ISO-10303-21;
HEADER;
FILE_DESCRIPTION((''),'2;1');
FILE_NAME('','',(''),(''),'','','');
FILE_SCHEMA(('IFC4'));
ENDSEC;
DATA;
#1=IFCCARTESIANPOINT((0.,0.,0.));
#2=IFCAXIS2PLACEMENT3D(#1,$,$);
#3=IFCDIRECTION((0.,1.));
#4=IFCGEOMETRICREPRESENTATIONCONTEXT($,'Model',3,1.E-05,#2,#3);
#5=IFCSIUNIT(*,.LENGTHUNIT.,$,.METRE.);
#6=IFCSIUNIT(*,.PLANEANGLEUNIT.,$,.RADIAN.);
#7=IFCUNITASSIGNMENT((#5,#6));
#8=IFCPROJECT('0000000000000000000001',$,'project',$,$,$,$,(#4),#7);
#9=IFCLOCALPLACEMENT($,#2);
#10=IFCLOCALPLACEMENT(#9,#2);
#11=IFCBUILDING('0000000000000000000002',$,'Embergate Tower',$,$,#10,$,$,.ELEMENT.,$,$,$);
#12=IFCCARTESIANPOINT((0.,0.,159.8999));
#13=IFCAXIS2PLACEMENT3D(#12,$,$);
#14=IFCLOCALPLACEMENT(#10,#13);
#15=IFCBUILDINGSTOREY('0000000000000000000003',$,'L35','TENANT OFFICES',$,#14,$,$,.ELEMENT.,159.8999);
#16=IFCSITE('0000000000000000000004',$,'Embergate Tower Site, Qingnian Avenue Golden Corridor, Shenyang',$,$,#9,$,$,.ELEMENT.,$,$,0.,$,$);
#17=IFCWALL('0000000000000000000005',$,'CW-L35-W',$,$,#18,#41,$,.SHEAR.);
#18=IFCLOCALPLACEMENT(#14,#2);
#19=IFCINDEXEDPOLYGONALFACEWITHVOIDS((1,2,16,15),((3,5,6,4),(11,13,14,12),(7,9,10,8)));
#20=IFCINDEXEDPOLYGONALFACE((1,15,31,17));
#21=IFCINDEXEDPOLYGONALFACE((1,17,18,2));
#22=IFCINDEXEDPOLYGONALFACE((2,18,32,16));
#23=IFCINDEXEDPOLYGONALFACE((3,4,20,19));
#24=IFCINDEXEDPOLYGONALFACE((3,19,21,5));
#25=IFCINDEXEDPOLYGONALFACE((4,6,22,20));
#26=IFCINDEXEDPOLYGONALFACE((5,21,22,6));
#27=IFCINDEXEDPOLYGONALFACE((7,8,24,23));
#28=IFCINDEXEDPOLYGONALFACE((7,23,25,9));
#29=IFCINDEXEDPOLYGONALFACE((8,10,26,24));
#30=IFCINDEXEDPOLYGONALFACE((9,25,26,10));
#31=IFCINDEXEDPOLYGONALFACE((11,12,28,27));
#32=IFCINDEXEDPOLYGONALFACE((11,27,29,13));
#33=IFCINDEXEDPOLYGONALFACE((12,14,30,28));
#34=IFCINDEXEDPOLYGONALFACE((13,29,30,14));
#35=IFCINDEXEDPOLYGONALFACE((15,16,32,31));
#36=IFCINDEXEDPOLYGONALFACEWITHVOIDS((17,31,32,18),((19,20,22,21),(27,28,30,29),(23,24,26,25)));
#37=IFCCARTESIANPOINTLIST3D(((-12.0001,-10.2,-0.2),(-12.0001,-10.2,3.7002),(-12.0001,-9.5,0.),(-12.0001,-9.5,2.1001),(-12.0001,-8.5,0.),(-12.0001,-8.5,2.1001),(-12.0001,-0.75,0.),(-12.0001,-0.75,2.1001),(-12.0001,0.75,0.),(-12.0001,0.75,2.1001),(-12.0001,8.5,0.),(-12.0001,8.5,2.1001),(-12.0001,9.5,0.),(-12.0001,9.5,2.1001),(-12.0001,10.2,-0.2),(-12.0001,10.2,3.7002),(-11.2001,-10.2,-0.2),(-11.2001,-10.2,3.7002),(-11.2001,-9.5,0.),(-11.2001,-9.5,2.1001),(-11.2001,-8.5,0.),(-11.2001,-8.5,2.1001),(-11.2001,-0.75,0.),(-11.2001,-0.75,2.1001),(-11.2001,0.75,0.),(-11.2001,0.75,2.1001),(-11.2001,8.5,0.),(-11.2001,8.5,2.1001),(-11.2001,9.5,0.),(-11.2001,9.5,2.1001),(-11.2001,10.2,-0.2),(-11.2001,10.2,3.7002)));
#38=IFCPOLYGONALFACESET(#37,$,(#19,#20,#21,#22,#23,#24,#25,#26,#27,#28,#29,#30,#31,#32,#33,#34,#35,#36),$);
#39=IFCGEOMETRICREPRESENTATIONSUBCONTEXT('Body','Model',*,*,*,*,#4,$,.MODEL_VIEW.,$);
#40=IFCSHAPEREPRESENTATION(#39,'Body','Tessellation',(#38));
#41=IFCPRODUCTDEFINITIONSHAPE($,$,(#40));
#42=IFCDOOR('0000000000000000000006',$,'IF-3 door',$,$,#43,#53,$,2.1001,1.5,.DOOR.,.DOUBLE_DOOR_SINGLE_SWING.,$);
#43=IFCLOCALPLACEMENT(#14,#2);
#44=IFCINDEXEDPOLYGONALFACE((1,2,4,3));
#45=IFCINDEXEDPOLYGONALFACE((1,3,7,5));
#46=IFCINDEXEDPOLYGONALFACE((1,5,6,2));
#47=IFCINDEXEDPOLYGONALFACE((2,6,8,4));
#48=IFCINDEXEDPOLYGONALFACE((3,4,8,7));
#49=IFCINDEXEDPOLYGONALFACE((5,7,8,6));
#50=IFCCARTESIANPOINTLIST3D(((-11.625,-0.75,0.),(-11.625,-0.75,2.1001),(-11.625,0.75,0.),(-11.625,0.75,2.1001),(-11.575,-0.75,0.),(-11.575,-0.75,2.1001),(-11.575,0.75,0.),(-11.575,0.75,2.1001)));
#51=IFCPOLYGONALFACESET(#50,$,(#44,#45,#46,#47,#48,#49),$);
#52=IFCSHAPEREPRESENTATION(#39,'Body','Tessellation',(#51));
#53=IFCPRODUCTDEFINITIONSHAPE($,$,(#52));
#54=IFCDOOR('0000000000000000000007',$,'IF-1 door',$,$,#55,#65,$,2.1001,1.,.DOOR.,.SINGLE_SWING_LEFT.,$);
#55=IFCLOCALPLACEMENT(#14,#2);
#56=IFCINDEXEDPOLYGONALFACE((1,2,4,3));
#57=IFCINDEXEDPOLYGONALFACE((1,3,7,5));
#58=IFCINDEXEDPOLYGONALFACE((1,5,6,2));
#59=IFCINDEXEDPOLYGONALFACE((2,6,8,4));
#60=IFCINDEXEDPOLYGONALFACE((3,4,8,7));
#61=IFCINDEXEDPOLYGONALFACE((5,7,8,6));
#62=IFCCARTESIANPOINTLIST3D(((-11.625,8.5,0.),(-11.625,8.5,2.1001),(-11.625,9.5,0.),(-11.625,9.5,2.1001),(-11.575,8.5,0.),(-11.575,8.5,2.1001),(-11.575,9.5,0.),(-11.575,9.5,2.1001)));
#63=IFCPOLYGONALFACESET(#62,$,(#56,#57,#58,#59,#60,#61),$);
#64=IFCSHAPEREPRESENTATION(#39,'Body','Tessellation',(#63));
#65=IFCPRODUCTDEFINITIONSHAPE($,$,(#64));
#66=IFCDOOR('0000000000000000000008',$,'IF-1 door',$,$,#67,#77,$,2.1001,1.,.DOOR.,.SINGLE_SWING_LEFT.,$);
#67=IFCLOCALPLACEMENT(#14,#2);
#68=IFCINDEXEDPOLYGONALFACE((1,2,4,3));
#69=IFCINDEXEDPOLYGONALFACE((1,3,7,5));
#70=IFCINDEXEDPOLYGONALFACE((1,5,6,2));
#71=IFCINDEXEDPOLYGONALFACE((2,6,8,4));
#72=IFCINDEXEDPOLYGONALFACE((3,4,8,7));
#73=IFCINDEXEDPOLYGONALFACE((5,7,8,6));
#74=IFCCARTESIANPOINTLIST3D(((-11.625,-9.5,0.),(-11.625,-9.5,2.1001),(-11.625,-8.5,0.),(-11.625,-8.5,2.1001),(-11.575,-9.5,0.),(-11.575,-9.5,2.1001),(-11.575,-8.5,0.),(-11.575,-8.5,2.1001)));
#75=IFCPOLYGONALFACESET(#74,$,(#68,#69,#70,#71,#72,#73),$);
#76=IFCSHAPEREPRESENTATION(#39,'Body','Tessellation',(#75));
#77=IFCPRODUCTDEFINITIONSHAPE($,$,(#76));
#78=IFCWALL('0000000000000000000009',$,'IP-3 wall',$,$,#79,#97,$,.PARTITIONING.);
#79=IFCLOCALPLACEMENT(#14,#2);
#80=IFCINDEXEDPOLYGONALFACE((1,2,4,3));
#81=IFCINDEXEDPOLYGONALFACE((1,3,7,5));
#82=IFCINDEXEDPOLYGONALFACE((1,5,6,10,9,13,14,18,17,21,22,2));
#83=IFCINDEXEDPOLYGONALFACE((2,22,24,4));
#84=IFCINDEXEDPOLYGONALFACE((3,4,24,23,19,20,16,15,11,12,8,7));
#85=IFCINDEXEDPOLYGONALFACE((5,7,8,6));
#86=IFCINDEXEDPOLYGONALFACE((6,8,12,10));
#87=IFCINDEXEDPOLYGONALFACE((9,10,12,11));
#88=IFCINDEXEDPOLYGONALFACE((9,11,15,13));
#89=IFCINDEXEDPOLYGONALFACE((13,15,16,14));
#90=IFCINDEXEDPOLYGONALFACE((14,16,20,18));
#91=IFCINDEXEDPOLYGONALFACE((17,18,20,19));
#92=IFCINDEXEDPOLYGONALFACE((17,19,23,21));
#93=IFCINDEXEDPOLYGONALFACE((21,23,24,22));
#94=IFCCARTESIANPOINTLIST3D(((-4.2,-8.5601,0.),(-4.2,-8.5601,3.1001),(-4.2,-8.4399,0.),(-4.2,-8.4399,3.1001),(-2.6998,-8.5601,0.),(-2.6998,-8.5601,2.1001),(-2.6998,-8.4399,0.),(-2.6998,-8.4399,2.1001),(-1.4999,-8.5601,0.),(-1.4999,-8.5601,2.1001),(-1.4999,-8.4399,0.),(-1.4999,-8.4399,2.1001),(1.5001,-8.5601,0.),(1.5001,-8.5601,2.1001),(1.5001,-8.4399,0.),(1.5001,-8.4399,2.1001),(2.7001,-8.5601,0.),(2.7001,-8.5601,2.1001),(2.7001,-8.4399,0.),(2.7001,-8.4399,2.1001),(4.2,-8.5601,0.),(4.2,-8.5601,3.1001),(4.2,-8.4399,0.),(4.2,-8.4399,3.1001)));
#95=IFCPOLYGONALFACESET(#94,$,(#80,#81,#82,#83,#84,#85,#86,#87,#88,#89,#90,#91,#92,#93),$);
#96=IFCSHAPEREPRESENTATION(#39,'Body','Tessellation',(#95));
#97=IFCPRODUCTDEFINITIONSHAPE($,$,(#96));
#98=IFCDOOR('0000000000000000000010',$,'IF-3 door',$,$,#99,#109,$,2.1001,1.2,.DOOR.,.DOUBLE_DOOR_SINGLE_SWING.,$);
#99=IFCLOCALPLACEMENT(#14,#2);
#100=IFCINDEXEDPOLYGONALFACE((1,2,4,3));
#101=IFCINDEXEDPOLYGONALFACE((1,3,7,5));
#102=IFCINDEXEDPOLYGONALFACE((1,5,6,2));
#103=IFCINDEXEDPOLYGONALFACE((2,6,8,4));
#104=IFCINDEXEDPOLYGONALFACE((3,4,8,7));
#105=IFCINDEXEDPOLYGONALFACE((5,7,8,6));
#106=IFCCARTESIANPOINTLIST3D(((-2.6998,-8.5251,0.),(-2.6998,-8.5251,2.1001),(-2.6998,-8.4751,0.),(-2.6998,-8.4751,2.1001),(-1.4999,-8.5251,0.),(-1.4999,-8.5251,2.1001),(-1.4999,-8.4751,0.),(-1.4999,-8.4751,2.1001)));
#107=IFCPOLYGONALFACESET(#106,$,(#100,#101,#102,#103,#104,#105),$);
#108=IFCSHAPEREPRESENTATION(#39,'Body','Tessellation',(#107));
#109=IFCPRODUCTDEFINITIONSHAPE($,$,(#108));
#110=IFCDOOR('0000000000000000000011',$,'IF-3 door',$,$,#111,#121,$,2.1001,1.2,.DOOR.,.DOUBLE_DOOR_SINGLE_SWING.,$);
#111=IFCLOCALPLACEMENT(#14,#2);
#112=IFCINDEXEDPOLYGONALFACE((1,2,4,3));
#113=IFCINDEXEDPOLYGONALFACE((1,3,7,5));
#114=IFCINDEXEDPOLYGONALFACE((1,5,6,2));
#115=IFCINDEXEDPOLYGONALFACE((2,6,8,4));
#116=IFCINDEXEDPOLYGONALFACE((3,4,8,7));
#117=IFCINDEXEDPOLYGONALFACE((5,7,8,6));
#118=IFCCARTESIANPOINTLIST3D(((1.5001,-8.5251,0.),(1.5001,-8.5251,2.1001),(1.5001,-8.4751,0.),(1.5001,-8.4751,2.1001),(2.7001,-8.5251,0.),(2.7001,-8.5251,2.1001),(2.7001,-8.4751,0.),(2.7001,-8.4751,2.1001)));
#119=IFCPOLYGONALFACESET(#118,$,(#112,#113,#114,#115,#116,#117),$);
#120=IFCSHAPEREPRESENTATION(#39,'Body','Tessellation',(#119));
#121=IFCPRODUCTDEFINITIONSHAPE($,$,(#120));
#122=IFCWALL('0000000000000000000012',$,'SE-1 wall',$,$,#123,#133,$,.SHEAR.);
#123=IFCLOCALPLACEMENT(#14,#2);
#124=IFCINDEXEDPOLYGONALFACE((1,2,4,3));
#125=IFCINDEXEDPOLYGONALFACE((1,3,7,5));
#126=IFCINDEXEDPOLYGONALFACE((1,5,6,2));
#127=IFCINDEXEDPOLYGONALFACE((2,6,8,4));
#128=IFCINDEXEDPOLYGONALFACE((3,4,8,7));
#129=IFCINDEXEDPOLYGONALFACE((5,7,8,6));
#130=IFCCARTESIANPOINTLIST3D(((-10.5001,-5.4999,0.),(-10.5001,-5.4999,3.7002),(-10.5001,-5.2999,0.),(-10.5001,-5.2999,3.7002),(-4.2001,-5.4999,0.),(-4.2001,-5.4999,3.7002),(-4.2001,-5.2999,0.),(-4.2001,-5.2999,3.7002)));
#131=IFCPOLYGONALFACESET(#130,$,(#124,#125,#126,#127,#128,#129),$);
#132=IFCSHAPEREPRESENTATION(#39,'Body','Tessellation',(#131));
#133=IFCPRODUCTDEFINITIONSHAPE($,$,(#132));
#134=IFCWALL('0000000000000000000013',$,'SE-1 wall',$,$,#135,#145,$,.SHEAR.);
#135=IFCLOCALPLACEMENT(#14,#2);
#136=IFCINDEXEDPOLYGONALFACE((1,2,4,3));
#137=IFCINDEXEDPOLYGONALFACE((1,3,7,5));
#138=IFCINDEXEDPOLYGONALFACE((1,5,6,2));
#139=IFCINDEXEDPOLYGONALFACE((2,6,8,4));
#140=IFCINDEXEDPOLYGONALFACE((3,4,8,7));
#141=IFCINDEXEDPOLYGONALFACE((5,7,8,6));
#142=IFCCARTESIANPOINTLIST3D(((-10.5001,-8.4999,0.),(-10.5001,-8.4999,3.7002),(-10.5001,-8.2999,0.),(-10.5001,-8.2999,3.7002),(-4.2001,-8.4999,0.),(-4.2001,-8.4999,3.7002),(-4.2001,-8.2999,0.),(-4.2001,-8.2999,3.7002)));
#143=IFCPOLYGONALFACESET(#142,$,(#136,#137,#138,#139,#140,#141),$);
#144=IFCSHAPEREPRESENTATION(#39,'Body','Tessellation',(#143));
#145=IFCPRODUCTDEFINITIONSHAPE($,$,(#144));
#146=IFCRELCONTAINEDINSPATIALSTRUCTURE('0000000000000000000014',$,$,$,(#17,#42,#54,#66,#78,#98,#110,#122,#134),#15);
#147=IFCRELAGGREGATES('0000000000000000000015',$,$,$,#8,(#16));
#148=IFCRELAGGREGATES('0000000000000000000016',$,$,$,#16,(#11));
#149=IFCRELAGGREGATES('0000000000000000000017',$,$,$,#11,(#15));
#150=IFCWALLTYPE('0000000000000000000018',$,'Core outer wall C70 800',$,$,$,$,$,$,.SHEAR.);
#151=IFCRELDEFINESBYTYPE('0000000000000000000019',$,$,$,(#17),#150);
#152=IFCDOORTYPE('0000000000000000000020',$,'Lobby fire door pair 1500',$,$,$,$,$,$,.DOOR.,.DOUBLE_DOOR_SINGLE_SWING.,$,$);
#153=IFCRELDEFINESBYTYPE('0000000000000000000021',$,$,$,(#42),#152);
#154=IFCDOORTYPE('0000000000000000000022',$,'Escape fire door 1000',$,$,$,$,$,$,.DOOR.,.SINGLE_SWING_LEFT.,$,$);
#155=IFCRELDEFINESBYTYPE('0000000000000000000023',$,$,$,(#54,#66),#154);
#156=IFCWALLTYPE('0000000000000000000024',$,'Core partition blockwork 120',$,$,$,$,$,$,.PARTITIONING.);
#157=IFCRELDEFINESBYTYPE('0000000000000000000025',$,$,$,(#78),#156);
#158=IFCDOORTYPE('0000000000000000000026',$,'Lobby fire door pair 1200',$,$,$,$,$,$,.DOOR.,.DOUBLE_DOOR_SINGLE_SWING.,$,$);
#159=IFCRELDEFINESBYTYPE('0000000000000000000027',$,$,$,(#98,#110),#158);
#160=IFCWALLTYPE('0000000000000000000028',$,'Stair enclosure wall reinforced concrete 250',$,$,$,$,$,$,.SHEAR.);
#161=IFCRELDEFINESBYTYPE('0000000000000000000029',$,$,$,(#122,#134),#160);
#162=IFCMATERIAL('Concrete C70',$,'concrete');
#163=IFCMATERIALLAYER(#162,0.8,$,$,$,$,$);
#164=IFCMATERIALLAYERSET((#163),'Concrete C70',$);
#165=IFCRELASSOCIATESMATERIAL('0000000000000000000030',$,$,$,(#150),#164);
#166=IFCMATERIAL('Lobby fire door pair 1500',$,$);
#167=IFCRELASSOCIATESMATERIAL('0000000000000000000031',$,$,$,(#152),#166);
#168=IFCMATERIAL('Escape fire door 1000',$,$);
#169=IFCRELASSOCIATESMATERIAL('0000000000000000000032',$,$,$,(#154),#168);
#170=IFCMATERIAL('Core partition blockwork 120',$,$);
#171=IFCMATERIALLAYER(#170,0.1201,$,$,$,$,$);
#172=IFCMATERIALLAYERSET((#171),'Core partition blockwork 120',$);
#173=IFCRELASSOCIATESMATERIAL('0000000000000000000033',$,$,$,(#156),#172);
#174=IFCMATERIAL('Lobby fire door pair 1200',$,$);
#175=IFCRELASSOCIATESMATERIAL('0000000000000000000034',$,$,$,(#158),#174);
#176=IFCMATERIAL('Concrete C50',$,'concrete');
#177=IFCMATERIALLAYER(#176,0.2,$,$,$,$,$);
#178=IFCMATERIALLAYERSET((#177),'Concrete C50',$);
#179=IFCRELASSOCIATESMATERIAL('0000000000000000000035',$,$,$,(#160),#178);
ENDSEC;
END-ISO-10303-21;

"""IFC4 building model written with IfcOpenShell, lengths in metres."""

from ifc_helpers import new_model, si_unit, direction, frame, frame_2d, origin, place, context, subcontext, project, spatial, rectangle, extrude, source, transform, mapped, material, layer, layer_set, type_object, element, fill, save


model = new_model("IFC4")

# Units and contexts
model_context = context("Model", 3, precision=1e-05, world=origin(), true_north=direction((0.0, 1.0)))
body_context = subcontext(model_context, "Body", "Model", "MODEL_VIEW")
ifc_project = project(units=[si_unit("LENGTHUNIT", "METRE"), si_unit("PLANEANGLEUNIT", "RADIAN")], contexts=[model_context])

# Site, building, storey
site_placement = place(None, origin())
site = spatial("IfcSite", under=ifc_project, at=site_placement, Name="Embergate Tower Site, Qingnian Avenue Golden Corridor, Shenyang", CompositionType="ELEMENT", RefElevation=0.0)
building_placement = place(site_placement, origin())
building = spatial("IfcBuilding", under=site, at=building_placement, Name="Embergate Tower", CompositionType="ELEMENT")
storey_placement = place(building_placement, frame((0.0, 0.0, 159.8999)))
storey = spatial("IfcBuildingStorey", under=building, at=storey_placement, Name="L35", Description="TENANT OFFICES", CompositionType="ELEMENT", Elevation=159.8999)

# Shared definitions
ifc_material_1 = material(Name="Concrete C70", Category="concrete")
ifc_layer_1 = layer(ifc_material_1, 0.8)
ifc_layer_set_1 = layer_set([ifc_layer_1], Name="Concrete C70")
wall_type_1 = type_object("IfcWallType", Name="Core outer wall C70 800", PredefinedType="SHEAR", material=ifc_layer_set_1)

# Walls, openings, doors
shared_shape_1 = source(origin(), body_context, "Body", "SweptSolid", [
    extrude(rectangle(XDim=20.3999, YDim=0.8, at=frame_2d((10.2, 0.0))), origin(), (0.0, 0.0, 1.0), 3.9001),
])
wall_1_placement = place(storey_placement, frame((-11.6001, -10.2, -0.2), z_axis=(0.0, 0.0, 1.0), x_axis=(0.0, 1.0, 0.0)))
wall_1 = element("IfcWall", 1, at=wall_1_placement, inside=storey, type_object=wall_type_1, Name="CW-L35-W", PredefinedType="SHEAR", context=body_context, shape_type="MappedRepresentation", body=[
    mapped(shared_shape_1, transform((0.0, 0.0, 0.0))),
])
shared_shape_2 = source(origin(), body_context, "Body", "SweptSolid", [
    extrude(rectangle(XDim=1.0, YDim=2.1001, at=frame_2d((0.5, 1.05))), frame((0.0, 0.4099, 0.0), z_axis=(0.0, -1.0, 0.0), x_axis=(1.0, 0.0, 0.0)), (0.0, 0.0, 1.0), 0.8201),
])
opening_1_placement = place(wall_1_placement, frame((18.7, 0.0, 0.2)))
opening_1 = element("IfcOpeningElement", 2, at=opening_1_placement, cuts=wall_1, PredefinedType="OPENING", context=body_context, shape_type="MappedRepresentation", body=[
    mapped(shared_shape_2, transform((0.0, 0.0, 0.0))),
])
opening_2_placement = place(wall_1_placement, frame((0.7, 0.0, 0.2)))
opening_2 = element("IfcOpeningElement", 3, at=opening_2_placement, cuts=wall_1, PredefinedType="OPENING", context=body_context, shape_type="MappedRepresentation", body=[
    mapped(shared_shape_2, transform((0.0, 0.0, 0.0))),
])
shared_shape_3 = source(origin(), body_context, "Body", "SweptSolid", [
    extrude(rectangle(XDim=1.5, YDim=2.1001, at=frame_2d((0.75, 1.05))), frame((0.0, 0.4099, 0.0), z_axis=(0.0, -1.0, 0.0), x_axis=(1.0, 0.0, 0.0)), (0.0, 0.0, 1.0), 0.8201),
])
opening_3_placement = place(wall_1_placement, frame((9.45, 0.0, 0.2)))
opening_3 = element("IfcOpeningElement", 4, at=opening_3_placement, cuts=wall_1, PredefinedType="OPENING", context=body_context, shape_type="MappedRepresentation", body=[
    mapped(shared_shape_3, transform((0.0, 0.0, 0.0))),
])
ifc_material_2 = material(Name="Lobby fire door pair 1500")
door_type_1 = type_object("IfcDoorType", Name="Lobby fire door pair 1500", OperationType="DOUBLE_DOOR_SINGLE_SWING", PredefinedType="DOOR", material=ifc_material_2)
shared_shape_4 = source(origin(), body_context, "Body", "SweptSolid", [
    extrude(rectangle(XDim=1.5, YDim=2.1001, at=frame_2d((0.75, 1.05))), frame((0.0, 0.0249, 0.0), z_axis=(0.0, -1.0, 0.0), x_axis=(1.0, 0.0, 0.0)), (0.0, 0.0, 1.0), 0.05),
])
door_1_placement = place(opening_3_placement, origin())
door_1 = element("IfcDoor", 5, at=door_1_placement, inside=storey, type_object=door_type_1, Name="IF-3 door", OperationType="DOUBLE_DOOR_SINGLE_SWING", OverallHeight=2.1001, OverallWidth=1.5, PredefinedType="DOOR", context=body_context, shape_type="MappedRepresentation", body=[
    mapped(shared_shape_4, transform((0.0, 0.0, 0.0))),
])
fill(opening_3, door_1)
ifc_material_3 = material(Name="Escape fire door 1000")
door_type_2 = type_object("IfcDoorType", Name="Escape fire door 1000", OperationType="SINGLE_SWING_LEFT", PredefinedType="DOOR", material=ifc_material_3)
shared_shape_5 = source(origin(), body_context, "Body", "SweptSolid", [
    extrude(rectangle(XDim=1.0, YDim=2.1001, at=frame_2d((0.5, 1.05))), frame((0.0, 0.0249, 0.0), z_axis=(0.0, -1.0, 0.0), x_axis=(1.0, 0.0, 0.0)), (0.0, 0.0, 1.0), 0.05),
])
door_2_placement = place(opening_1_placement, origin())
door_2 = element("IfcDoor", 6, at=door_2_placement, inside=storey, type_object=door_type_2, Name="IF-1 door", OperationType="SINGLE_SWING_LEFT", OverallHeight=2.1001, OverallWidth=1.0, PredefinedType="DOOR", context=body_context, shape_type="MappedRepresentation", body=[
    mapped(shared_shape_5, transform((0.0, 0.0, 0.0))),
])
fill(opening_1, door_2)
door_3_placement = place(opening_2_placement, origin())
door_3 = element("IfcDoor", 7, at=door_3_placement, inside=storey, type_object=door_type_2, Name="IF-1 door", OperationType="SINGLE_SWING_LEFT", OverallHeight=2.1001, OverallWidth=1.0, PredefinedType="DOOR", context=body_context, shape_type="MappedRepresentation", body=[
    mapped(shared_shape_5, transform((0.0, 0.0, 0.0))),
])
fill(opening_2, door_3)
ifc_material_4 = material(Name="Core partition blockwork 120")
ifc_layer_2 = layer(ifc_material_4, 0.1201)
ifc_layer_set_2 = layer_set([ifc_layer_2], Name="Core partition blockwork 120")
wall_type_2 = type_object("IfcWallType", Name="Core partition blockwork 120", PredefinedType="PARTITIONING", material=ifc_layer_set_2)
shared_shape_6 = source(origin(), body_context, "Body", "SweptSolid", [
    extrude(rectangle(XDim=8.3999, YDim=0.1201, at=frame_2d((4.2, 0.0))), origin(), (0.0, 0.0, 1.0), 3.1001),
])
wall_2_placement = place(storey_placement, frame((-4.2, -8.5, 0.0), z_axis=(0.0, 0.0, 1.0), x_axis=(1.0, 0.0, 0.0)))
wall_2 = element("IfcWall", 8, at=wall_2_placement, inside=storey, type_object=wall_type_2, Name="IP-3 wall", PredefinedType="PARTITIONING", context=body_context, shape_type="MappedRepresentation", body=[
    mapped(shared_shape_6, transform((0.0, 0.0, 0.0))),
])
shared_shape_7 = source(origin(), body_context, "Body", "SweptSolid", [
    extrude(rectangle(XDim=1.2, YDim=2.1001, at=frame_2d((0.6001, 1.05))), frame((0.0, 0.0701, 0.0), z_axis=(0.0, -1.0, 0.0), x_axis=(1.0, 0.0, 0.0)), (0.0, 0.0, 1.0), 0.1401),
])
opening_4_placement = place(wall_2_placement, frame((1.5, 0.0, 0.0)))
opening_4 = element("IfcOpeningElement", 9, at=opening_4_placement, cuts=wall_2, PredefinedType="OPENING", context=body_context, shape_type="MappedRepresentation", body=[
    mapped(shared_shape_7, transform((0.0, 0.0, 0.0))),
])
opening_5_placement = place(wall_2_placement, frame((5.7, 0.0, 0.0)))
opening_5 = element("IfcOpeningElement", 10, at=opening_5_placement, cuts=wall_2, PredefinedType="OPENING", context=body_context, shape_type="MappedRepresentation", body=[
    mapped(shared_shape_7, transform((0.0, 0.0, 0.0))),
])
ifc_material_5 = material(Name="Lobby fire door pair 1200")
door_type_3 = type_object("IfcDoorType", Name="Lobby fire door pair 1200", OperationType="DOUBLE_DOOR_SINGLE_SWING", PredefinedType="DOOR", material=ifc_material_5)
shared_shape_8 = source(origin(), body_context, "Body", "SweptSolid", [
    extrude(rectangle(XDim=1.2, YDim=2.1001, at=frame_2d((0.6001, 1.05))), frame((0.0, 0.0249, 0.0), z_axis=(0.0, -1.0, 0.0), x_axis=(1.0, 0.0, 0.0)), (0.0, 0.0, 1.0), 0.05),
])
door_4_placement = place(opening_4_placement, origin())
door_4 = element("IfcDoor", 11, at=door_4_placement, inside=storey, type_object=door_type_3, Name="IF-3 door", OperationType="DOUBLE_DOOR_SINGLE_SWING", OverallHeight=2.1001, OverallWidth=1.2, PredefinedType="DOOR", context=body_context, shape_type="MappedRepresentation", body=[
    mapped(shared_shape_8, transform((0.0, 0.0, 0.0))),
])
fill(opening_4, door_4)
door_5_placement = place(opening_5_placement, origin())
door_5 = element("IfcDoor", 12, at=door_5_placement, inside=storey, type_object=door_type_3, Name="IF-3 door", OperationType="DOUBLE_DOOR_SINGLE_SWING", OverallHeight=2.1001, OverallWidth=1.2, PredefinedType="DOOR", context=body_context, shape_type="MappedRepresentation", body=[
    mapped(shared_shape_8, transform((0.0, 0.0, 0.0))),
])
fill(opening_5, door_5)

# Walls
ifc_material_6 = material(Name="Concrete C50", Category="concrete")
ifc_layer_3 = layer(ifc_material_6, 0.2)
ifc_layer_set_3 = layer_set([ifc_layer_3], Name="Concrete C50")
wall_type_3 = type_object("IfcWallType", Name="Stair enclosure wall reinforced concrete 250", PredefinedType="SHEAR", material=ifc_layer_set_3)
shared_shape_9 = source(origin(), body_context, "Body", "SweptSolid", [
    extrude(rectangle(XDim=6.3, YDim=0.2, at=frame_2d((3.1499, 0.0))), origin(), (0.0, 0.0, 1.0), 3.7002),
])
for number, where, z_axis, x_axis, name in (
    (13, (-10.5, -5.3999, 0.0), (0.0, 0.0, 1.0), (1.0, 0.0, 0.0), "SE-1 wall"),
    (14, (-10.5, -8.3999, 0.0), (0.0, 0.0, 1.0), (1.0, 0.0, 0.0), "SE-1 wall"),
):
    element("IfcWall", number, at=place(storey_placement, frame(where, z_axis=z_axis, x_axis=x_axis)), inside=storey, type_object=wall_type_3, Name=name, PredefinedType="SHEAR", context=body_context, shape_type="MappedRepresentation", body=[
        mapped(shared_shape_9, transform((0.0, 0.0, 0.0))),
    ])

save(model, "model.ifc")
